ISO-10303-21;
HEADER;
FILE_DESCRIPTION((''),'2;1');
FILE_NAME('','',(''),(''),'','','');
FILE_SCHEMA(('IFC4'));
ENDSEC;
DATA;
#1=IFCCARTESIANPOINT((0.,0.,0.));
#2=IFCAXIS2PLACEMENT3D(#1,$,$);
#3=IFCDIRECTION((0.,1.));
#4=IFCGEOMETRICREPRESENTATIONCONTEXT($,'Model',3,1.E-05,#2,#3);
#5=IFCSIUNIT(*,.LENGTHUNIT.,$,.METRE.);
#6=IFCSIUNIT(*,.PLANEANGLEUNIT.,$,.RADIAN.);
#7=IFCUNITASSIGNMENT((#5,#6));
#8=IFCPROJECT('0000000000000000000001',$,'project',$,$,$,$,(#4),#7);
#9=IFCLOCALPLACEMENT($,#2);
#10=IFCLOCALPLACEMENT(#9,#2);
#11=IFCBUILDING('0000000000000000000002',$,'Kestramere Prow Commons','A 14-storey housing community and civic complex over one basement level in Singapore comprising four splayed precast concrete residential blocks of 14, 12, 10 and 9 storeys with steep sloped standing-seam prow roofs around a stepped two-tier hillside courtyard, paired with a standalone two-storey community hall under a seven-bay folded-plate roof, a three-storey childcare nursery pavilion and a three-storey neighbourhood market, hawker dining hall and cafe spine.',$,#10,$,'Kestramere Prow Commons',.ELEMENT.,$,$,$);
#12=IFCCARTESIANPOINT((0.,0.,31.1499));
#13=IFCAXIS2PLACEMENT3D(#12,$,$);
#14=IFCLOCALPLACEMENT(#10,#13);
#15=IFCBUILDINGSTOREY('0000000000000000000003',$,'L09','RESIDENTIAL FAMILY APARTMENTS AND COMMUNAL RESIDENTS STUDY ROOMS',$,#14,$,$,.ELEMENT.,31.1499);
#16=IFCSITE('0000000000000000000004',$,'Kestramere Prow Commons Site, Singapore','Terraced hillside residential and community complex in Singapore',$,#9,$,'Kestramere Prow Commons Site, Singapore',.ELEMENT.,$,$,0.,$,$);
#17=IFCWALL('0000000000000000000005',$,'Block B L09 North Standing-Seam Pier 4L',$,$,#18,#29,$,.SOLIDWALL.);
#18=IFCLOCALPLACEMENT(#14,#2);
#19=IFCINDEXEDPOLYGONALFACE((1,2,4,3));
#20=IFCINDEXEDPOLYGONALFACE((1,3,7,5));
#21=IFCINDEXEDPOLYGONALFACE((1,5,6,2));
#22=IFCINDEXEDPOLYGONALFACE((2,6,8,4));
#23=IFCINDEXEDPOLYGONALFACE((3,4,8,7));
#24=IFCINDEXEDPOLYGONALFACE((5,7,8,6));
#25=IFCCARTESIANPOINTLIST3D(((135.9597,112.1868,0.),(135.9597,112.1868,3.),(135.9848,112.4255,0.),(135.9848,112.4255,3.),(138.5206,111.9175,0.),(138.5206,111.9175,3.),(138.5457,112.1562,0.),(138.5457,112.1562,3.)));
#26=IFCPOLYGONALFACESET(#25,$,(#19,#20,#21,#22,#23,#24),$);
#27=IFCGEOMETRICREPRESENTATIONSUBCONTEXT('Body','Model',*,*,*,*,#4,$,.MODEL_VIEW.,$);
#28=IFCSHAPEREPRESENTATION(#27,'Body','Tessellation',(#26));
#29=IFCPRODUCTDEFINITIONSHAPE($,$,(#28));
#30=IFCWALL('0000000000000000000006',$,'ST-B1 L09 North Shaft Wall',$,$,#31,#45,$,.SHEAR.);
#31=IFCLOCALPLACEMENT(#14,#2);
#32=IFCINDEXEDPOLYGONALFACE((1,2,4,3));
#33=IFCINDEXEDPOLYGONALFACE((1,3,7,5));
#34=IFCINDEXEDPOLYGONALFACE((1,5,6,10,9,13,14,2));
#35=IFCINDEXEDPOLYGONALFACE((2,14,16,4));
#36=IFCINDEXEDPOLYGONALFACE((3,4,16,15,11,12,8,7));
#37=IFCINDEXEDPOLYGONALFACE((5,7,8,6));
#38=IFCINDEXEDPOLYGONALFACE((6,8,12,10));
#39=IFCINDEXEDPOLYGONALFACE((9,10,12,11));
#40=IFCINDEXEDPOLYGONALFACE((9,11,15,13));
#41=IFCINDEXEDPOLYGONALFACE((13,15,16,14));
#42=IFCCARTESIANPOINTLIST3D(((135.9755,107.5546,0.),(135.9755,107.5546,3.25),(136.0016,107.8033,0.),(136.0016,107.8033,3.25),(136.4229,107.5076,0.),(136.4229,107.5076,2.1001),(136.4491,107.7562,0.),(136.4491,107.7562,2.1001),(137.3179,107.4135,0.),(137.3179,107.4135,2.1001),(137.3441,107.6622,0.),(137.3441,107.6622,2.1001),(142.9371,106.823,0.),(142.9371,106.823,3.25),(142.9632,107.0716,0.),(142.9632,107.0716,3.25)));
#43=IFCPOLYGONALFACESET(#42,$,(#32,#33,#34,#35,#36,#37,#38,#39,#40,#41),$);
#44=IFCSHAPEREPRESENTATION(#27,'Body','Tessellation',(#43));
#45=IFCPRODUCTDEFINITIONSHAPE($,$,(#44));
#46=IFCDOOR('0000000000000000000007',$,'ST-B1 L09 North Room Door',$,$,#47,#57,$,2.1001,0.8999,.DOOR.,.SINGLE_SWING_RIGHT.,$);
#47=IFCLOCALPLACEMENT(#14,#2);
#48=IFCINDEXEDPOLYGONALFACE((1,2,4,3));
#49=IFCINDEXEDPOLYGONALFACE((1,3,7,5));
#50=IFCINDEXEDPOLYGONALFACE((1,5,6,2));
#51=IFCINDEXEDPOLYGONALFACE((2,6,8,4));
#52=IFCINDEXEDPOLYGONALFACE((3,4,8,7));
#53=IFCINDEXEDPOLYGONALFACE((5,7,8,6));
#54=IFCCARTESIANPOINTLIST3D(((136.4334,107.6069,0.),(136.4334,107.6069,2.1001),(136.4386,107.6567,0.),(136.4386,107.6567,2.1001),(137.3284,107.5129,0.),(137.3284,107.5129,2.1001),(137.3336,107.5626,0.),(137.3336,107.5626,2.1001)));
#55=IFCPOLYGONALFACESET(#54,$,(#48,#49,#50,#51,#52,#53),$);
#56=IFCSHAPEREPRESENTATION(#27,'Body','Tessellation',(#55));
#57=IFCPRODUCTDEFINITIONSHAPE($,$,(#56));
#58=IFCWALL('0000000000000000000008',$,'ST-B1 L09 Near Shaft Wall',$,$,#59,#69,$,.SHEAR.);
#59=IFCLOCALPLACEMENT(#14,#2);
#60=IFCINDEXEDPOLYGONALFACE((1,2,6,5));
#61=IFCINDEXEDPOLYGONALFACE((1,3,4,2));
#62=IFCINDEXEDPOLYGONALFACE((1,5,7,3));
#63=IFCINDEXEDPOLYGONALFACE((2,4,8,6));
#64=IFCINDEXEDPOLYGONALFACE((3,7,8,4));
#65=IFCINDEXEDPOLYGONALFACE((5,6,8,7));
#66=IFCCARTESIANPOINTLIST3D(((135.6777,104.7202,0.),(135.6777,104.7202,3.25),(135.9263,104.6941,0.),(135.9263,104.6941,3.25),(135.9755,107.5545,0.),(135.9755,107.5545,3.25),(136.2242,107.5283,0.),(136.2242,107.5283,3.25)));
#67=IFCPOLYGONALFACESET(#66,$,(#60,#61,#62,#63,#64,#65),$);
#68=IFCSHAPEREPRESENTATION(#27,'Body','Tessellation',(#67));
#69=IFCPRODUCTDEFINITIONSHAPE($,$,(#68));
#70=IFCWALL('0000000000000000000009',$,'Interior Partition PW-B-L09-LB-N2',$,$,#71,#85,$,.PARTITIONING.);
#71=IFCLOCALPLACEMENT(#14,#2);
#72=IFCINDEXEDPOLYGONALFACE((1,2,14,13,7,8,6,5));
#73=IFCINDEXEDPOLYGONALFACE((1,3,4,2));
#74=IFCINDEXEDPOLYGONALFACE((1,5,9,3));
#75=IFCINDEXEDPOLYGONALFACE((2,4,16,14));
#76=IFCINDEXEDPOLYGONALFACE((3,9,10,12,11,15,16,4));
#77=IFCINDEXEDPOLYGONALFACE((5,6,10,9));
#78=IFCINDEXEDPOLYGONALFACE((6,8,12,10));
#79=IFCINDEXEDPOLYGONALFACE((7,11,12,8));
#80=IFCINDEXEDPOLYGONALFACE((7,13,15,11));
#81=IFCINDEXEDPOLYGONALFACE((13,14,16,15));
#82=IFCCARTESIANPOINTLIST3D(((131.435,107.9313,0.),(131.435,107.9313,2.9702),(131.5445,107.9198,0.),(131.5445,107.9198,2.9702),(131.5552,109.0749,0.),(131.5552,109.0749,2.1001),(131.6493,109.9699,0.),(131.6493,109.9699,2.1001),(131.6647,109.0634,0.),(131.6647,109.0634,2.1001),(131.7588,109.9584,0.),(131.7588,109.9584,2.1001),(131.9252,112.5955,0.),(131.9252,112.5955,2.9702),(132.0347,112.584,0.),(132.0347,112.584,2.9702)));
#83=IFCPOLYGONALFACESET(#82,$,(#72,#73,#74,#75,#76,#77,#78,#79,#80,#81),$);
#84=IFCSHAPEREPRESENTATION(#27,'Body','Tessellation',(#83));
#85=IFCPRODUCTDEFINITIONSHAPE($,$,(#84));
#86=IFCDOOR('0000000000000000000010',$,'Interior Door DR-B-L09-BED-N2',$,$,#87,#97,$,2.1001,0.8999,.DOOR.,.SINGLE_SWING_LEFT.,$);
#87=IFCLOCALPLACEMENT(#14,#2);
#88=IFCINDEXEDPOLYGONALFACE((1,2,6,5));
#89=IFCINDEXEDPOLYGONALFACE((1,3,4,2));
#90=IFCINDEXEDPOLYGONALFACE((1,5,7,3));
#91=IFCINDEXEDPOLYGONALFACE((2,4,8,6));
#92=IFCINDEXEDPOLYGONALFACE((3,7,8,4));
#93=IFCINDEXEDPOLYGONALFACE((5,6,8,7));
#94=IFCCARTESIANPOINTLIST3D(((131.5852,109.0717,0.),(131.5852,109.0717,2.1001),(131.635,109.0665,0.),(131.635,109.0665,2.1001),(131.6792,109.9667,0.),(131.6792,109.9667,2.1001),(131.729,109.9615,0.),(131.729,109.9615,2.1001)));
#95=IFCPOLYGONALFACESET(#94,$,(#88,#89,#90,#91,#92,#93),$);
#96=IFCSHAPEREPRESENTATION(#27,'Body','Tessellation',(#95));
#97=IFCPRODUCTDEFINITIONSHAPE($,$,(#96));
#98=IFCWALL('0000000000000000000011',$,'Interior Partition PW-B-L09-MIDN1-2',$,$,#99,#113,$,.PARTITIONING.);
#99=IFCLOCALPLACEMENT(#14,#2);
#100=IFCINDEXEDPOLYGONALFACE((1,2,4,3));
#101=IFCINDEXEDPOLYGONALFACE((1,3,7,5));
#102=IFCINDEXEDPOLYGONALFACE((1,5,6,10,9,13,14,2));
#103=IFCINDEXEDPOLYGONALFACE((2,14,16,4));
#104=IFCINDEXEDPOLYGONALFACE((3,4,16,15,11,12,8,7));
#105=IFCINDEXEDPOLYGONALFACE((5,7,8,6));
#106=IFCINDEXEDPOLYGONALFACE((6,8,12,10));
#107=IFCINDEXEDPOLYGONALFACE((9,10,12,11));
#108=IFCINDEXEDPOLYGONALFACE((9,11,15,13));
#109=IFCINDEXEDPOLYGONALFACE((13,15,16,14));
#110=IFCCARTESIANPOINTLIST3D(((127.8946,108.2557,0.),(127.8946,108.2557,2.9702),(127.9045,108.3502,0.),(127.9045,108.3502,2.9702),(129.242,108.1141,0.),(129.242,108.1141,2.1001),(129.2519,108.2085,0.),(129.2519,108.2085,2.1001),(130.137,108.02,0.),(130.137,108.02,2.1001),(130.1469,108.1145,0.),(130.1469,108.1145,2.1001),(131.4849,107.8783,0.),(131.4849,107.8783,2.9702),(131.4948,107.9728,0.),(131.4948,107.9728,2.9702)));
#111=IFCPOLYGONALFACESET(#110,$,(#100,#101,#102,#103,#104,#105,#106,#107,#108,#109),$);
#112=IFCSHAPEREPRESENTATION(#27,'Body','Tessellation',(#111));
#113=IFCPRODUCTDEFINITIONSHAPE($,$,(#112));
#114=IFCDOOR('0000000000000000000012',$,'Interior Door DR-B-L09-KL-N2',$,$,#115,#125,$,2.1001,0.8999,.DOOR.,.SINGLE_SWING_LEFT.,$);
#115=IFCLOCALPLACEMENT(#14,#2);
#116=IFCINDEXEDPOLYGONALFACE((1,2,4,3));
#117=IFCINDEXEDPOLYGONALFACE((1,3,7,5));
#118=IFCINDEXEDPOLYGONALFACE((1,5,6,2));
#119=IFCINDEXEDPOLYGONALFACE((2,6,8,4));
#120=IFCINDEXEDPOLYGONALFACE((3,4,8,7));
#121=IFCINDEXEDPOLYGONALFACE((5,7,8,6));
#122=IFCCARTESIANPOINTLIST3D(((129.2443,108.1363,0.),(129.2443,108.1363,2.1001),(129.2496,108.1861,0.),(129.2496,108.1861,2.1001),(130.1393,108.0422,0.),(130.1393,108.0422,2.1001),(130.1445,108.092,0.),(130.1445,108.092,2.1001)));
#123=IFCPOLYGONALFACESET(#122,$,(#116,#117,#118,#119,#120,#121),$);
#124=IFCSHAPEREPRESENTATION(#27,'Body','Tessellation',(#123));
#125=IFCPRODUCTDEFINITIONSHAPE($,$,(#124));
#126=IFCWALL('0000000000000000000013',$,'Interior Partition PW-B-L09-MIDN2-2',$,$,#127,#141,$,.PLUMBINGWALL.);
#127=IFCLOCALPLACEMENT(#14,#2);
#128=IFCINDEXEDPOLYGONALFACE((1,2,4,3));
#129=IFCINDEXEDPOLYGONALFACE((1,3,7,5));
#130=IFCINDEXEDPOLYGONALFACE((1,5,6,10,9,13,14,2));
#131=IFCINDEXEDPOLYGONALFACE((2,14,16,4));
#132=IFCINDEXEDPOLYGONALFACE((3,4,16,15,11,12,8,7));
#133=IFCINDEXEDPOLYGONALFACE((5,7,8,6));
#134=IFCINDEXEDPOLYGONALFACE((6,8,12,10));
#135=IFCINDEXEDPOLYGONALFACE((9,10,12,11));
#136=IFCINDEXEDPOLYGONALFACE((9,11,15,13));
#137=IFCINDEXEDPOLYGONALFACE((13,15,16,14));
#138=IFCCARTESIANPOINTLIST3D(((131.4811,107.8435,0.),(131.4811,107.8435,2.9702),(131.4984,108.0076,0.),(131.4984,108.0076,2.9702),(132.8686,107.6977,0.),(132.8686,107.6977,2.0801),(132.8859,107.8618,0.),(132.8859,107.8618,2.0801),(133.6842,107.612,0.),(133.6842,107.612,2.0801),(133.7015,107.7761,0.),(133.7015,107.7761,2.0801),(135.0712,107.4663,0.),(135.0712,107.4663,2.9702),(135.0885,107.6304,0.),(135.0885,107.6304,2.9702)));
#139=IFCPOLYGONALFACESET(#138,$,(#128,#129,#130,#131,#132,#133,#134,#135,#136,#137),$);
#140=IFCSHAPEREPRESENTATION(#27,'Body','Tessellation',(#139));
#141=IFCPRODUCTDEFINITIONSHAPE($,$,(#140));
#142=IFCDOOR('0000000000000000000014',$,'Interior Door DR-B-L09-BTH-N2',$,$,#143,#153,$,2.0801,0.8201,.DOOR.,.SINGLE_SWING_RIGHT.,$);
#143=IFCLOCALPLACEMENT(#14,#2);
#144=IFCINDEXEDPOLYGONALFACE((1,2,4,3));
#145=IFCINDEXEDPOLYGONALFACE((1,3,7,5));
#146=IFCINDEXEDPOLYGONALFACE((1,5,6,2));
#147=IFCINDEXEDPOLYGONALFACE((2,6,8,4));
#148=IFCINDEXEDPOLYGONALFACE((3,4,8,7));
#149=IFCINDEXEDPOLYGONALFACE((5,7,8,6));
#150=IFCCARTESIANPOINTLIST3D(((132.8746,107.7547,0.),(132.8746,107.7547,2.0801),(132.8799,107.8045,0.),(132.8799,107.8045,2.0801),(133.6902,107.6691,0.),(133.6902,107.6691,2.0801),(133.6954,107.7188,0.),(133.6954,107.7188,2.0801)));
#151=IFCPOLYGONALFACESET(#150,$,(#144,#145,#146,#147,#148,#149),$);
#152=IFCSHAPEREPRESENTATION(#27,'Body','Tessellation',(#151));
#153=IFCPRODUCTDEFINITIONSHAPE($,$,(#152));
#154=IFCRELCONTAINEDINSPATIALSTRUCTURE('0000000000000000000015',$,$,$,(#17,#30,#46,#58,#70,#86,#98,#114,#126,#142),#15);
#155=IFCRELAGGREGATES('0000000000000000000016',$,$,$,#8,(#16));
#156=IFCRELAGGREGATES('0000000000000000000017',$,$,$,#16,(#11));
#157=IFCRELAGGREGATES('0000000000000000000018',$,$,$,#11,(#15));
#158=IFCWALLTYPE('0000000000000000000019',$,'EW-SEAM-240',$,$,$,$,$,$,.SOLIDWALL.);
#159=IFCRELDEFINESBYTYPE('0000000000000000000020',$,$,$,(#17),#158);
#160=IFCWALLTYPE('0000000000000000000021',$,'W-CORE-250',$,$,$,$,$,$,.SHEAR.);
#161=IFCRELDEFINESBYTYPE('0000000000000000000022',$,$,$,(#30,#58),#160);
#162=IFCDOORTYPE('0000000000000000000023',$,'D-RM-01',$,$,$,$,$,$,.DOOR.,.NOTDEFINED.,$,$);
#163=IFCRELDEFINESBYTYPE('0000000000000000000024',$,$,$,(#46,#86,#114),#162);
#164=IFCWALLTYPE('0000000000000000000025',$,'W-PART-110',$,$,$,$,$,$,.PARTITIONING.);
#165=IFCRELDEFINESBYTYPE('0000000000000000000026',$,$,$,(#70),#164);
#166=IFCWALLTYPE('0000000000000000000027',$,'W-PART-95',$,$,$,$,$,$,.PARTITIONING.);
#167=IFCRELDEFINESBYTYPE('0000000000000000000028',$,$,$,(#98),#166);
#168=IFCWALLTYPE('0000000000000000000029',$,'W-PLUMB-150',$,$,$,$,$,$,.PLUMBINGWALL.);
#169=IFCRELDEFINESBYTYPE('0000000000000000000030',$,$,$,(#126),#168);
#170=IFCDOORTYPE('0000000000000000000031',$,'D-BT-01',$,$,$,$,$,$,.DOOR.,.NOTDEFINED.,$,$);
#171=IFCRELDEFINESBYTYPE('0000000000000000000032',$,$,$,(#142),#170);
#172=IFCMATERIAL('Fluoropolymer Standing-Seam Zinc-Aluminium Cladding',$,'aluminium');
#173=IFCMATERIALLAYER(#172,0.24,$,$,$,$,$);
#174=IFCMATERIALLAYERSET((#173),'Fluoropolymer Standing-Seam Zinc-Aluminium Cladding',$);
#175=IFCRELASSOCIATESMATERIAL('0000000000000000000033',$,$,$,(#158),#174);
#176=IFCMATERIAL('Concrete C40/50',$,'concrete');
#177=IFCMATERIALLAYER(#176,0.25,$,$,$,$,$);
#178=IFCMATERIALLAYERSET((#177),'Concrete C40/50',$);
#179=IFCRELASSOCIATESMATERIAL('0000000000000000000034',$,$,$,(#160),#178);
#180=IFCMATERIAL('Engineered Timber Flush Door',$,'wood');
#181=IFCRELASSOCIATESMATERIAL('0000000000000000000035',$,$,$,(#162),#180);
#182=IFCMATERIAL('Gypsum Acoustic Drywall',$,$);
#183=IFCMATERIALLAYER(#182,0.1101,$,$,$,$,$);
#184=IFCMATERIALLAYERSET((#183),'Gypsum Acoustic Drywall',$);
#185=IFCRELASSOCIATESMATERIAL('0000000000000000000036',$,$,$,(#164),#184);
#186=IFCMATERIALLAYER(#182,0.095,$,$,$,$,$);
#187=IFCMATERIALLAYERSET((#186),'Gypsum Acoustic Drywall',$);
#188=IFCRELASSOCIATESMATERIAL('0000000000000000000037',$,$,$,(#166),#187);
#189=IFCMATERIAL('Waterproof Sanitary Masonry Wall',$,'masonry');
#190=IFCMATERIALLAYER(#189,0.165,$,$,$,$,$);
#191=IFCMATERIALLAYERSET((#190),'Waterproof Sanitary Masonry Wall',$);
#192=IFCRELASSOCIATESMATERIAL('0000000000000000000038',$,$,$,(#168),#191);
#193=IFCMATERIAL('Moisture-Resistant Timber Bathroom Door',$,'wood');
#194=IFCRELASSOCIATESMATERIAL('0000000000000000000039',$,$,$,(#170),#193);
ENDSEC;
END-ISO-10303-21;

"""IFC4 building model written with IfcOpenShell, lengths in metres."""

from ifc_helpers import new_model, si_unit, direction, frame, frame_2d, origin, place, context, subcontext, project, spatial, rectangle, extrude, material, layer, layer_set, type_object, element, fill, save


model = new_model("IFC4")

# Units and contexts
model_context = context("Model", 3, precision=1e-05, world=origin(), true_north=direction((0.0, 1.0)))
body_context = subcontext(model_context, "Body", "Model", "MODEL_VIEW")
ifc_project = project(units=[si_unit("LENGTHUNIT", "METRE"), si_unit("PLANEANGLEUNIT", "RADIAN")], contexts=[model_context])

# Site, building, storey
site_placement = place(None, origin())
site = spatial("IfcSite", under=ifc_project, at=site_placement, Name="Kestramere Prow Commons Site, Singapore", Description="Terraced hillside residential and community complex in Singapore", LongName="Kestramere Prow Commons Site, Singapore", CompositionType="ELEMENT", RefElevation=0.0)
building_placement = place(site_placement, origin())
building = spatial("IfcBuilding", under=site, at=building_placement, Name="Kestramere Prow Commons", Description="A 14-storey housing community and civic complex over one basement level in Singapore comprising four splayed precast concrete residential blocks of 14, 12, 10 and 9 storeys with steep sloped standing-seam prow roofs around a stepped two-tier hillside courtyard, paired with a standalone two-storey community hall under a seven-bay folded-plate roof, a three-storey childcare nursery pavilion and a three-storey neighbourhood market, hawker dining hall and cafe spine.", LongName="Kestramere Prow Commons", CompositionType="ELEMENT")
storey_placement = place(building_placement, frame((0.0, 0.0, 31.1499)))
storey = spatial("IfcBuildingStorey", under=building, at=storey_placement, Name="L09", Description="RESIDENTIAL FAMILY APARTMENTS AND COMMUNAL RESIDENTS STUDY ROOMS", CompositionType="ELEMENT", Elevation=31.1499)

# Shared definitions
ifc_material_1 = material(Name="Fluoropolymer Standing-Seam Zinc-Aluminium Cladding", Category="aluminium")
ifc_layer_1 = layer(ifc_material_1, 0.24)
ifc_layer_set_1 = layer_set([ifc_layer_1], Name="Fluoropolymer Standing-Seam Zinc-Aluminium Cladding")
wall_type_1 = type_object("IfcWallType", Name="EW-SEAM-240", PredefinedType="SOLIDWALL", material=ifc_layer_set_1)

# Wall
wall_1_placement = place(storey_placement, frame((135.9722, 112.3062, 0.0), z_axis=(0.0, 0.0, 1.0), x_axis=(0.994516, -0.104581, 0.0)))
element("IfcWall", 1, at=wall_1_placement, inside=storey, type_object=wall_type_1, Name="Block B L09 North Standing-Seam Pier 4L", PredefinedType="SOLIDWALL", context=body_context, shape_type="SweptSolid", body=[
    extrude(rectangle(XDim=2.575, YDim=0.24, at=frame_2d((1.2876, 0.0))), origin(), (0.0, 0.0, 1.0), 3.0),
])

# Wall, opening, door
ifc_material_2 = material(Name="Concrete C40/50", Category="concrete")
ifc_layer_2 = layer(ifc_material_2, 0.25)
ifc_layer_set_2 = layer_set([ifc_layer_2], Name="Concrete C40/50")
wall_type_2 = type_object("IfcWallType", Name="W-CORE-250", PredefinedType="SHEAR", material=ifc_layer_set_2)
wall_2_placement = place(storey_placement, frame((135.9885, 107.679, 0.0), z_axis=(0.0, 0.0, 1.0), x_axis=(0.994522, -0.104527, 0.0)))
wall_2 = element("IfcWall", 2, at=wall_2_placement, inside=storey, type_object=wall_type_2, Name="ST-B1 L09 North Shaft Wall", PredefinedType="SHEAR", context=body_context, shape_type="SweptSolid", body=[
    extrude(rectangle(XDim=7.0, YDim=0.25, at=frame_2d((3.5, 0.0))), origin(), (0.0, 0.0, 1.0), 3.25),
])
opening_1_placement = place(wall_2_placement, frame((0.45, 0.0, 0.0)))
opening_1 = element("IfcOpeningElement", 3, at=opening_1_placement, cuts=wall_2, PredefinedType="OPENING", context=body_context, shape_type="SweptSolid", body=[
    extrude(rectangle(XDim=0.8999, YDim=2.1001, at=frame_2d((0.45, 1.05))), frame((0.0, 0.1399, 0.0), z_axis=(0.0, -1.0, 0.0), x_axis=(1.0, 0.0, 0.0)), (0.0, 0.0, 1.0), 0.28),
])
ifc_material_3 = material(Name="Engineered Timber Flush Door", Category="wood")
door_type_1 = type_object("IfcDoorType", Name="D-RM-01", OperationType="NOTDEFINED", PredefinedType="DOOR", material=ifc_material_3)
door_1_placement = place(opening_1_placement, origin())
door_1 = element("IfcDoor", 4, at=door_1_placement, inside=storey, type_object=door_type_1, Name="ST-B1 L09 North Room Door", OperationType="SINGLE_SWING_RIGHT", OverallHeight=2.1001, OverallWidth=0.8999, PredefinedType="DOOR", context=body_context, shape_type="SweptSolid", body=[
    extrude(rectangle(XDim=0.8999, YDim=2.1001, at=frame_2d((0.45, 1.05))), frame((0.0, 0.0249, 0.0), z_axis=(0.0, -1.0, 0.0), x_axis=(1.0, 0.0, 0.0)), (0.0, 0.0, 1.0), 0.05),
])
fill(opening_1, door_1)

# Wall
wall_3_placement = place(storey_placement, frame((135.802, 104.7073, 0.0), z_axis=(0.0, 0.0, 1.0), x_axis=(0.104515, 0.994523, 0.0)))
element("IfcWall", 5, at=wall_3_placement, inside=storey, type_object=wall_type_2, Name="ST-B1 L09 Near Shaft Wall", PredefinedType="SHEAR", context=body_context, shape_type="SweptSolid", body=[
    extrude(rectangle(XDim=2.8499, YDim=0.25, at=frame_2d((1.4248, 0.0))), origin(), (0.0, 0.0, 1.0), 3.25),
])

# Walls, openings, doors
ifc_material_4 = material(Name="Gypsum Acoustic Drywall")
ifc_layer_3 = layer(ifc_material_4, 0.1101)
ifc_layer_set_3 = layer_set([ifc_layer_3], Name="Gypsum Acoustic Drywall")
wall_type_3 = type_object("IfcWallType", Name="W-PART-110", PredefinedType="PARTITIONING", material=ifc_layer_set_3)
wall_4_placement = place(storey_placement, frame((131.4897, 107.9255, 0.0), z_axis=(0.0, 0.0, 1.0), x_axis=(0.104528, 0.994522, 0.0)))
wall_4 = element("IfcWall", 6, at=wall_4_placement, inside=storey, type_object=wall_type_3, Name="Interior Partition PW-B-L09-LB-N2", PredefinedType="PARTITIONING", context=body_context, shape_type="SweptSolid", body=[
    extrude(rectangle(XDim=4.6899, YDim=0.1101, at=frame_2d((2.345, 0.0))), origin(), (0.0, 0.0, 1.0), 2.9702),
])
opening_2_placement = place(wall_4_placement, frame((1.1499, 0.0, 0.0)))
opening_2 = element("IfcOpeningElement", 7, at=opening_2_placement, cuts=wall_4, PredefinedType="OPENING", context=body_context, shape_type="SweptSolid", body=[
    extrude(rectangle(XDim=0.8999, YDim=2.1001, at=frame_2d((0.45, 1.05))), frame((0.0, 0.0701, 0.0), z_axis=(0.0, -1.0, 0.0), x_axis=(1.0, 0.0, 0.0)), (0.0, 0.0, 1.0), 0.1401),
])
door_2_placement = place(opening_2_placement, origin())
door_2 = element("IfcDoor", 8, at=door_2_placement, inside=storey, type_object=door_type_1, Name="Interior Door DR-B-L09-BED-N2", OperationType="SINGLE_SWING_LEFT", OverallHeight=2.1001, OverallWidth=0.8999, PredefinedType="DOOR", context=body_context, shape_type="SweptSolid", body=[
    extrude(rectangle(XDim=0.8999, YDim=2.1001, at=frame_2d((0.45, 1.05))), frame((0.0, 0.0249, 0.0), z_axis=(0.0, -1.0, 0.0), x_axis=(1.0, 0.0, 0.0)), (0.0, 0.0, 1.0), 0.05),
])
fill(opening_2, door_2)
ifc_layer_4 = layer(ifc_material_4, 0.095)
ifc_layer_set_4 = layer_set([ifc_layer_4], Name="Gypsum Acoustic Drywall")
wall_type_4 = type_object("IfcWallType", Name="W-PART-95", PredefinedType="PARTITIONING", material=ifc_layer_set_4)
wall_5_placement = place(storey_placement, frame((127.8994, 108.303, 0.0), z_axis=(0.0, 0.0, 1.0), x_axis=(0.99452, -0.104551, 0.0)))
wall_5 = element("IfcWall", 9, at=wall_5_placement, inside=storey, type_object=wall_type_4, Name="Interior Partition PW-B-L09-MIDN1-2", PredefinedType="PARTITIONING", context=body_context, shape_type="SweptSolid", body=[
    extrude(rectangle(XDim=3.6101, YDim=0.095, at=frame_2d((1.8052, 0.0))), origin(), (0.0, 0.0, 1.0), 2.9702),
])
opening_3_placement = place(wall_5_placement, frame((1.355, 0.0, 0.0)))
opening_3 = element("IfcOpeningElement", 10, at=opening_3_placement, cuts=wall_5, PredefinedType="OPENING", context=body_context, shape_type="SweptSolid", body=[
    extrude(rectangle(XDim=0.8999, YDim=2.1001, at=frame_2d((0.45, 1.05))), frame((0.0, 0.0625, 0.0), z_axis=(0.0, -1.0, 0.0), x_axis=(1.0, 0.0, 0.0)), (0.0, 0.0, 1.0), 0.125),
])
door_3_placement = place(opening_3_placement, origin())
door_3 = element("IfcDoor", 11, at=door_3_placement, inside=storey, type_object=door_type_1, Name="Interior Door DR-B-L09-KL-N2", OperationType="SINGLE_SWING_LEFT", OverallHeight=2.1001, OverallWidth=0.8999, PredefinedType="DOOR", context=body_context, shape_type="SweptSolid", body=[
    extrude(rectangle(XDim=0.8999, YDim=2.1001, at=frame_2d((0.45, 1.05))), frame((0.0, 0.0249, 0.0), z_axis=(0.0, -1.0, 0.0), x_axis=(1.0, 0.0, 0.0)), (0.0, 0.0, 1.0), 0.05),
])
fill(opening_3, door_3)
ifc_material_5 = material(Name="Waterproof Sanitary Masonry Wall", Category="masonry")
ifc_layer_5 = layer(ifc_material_5, 0.165)
ifc_layer_set_5 = layer_set([ifc_layer_5], Name="Waterproof Sanitary Masonry Wall")
wall_type_5 = type_object("IfcWallType", Name="W-PLUMB-150", PredefinedType="PLUMBINGWALL", material=ifc_layer_set_5)
wall_6_placement = place(storey_placement, frame((131.4897, 107.9255, 0.0), z_axis=(0.0, 0.0, 1.0), x_axis=(0.994526, -0.104491, 0.0)))
wall_6 = element("IfcWall", 12, at=wall_6_placement, inside=storey, type_object=wall_type_5, Name="Interior Partition PW-B-L09-MIDN2-2", PredefinedType="PLUMBINGWALL", context=body_context, shape_type="SweptSolid", body=[
    extrude(rectangle(XDim=3.6099, YDim=0.165, at=frame_2d((1.8049, 0.0))), origin(), (0.0, 0.0, 1.0), 2.9702),
])
opening_4_placement = place(wall_6_placement, frame((1.395, 0.0, 0.0)))
opening_4 = element("IfcOpeningElement", 13, at=opening_4_placement, cuts=wall_6, PredefinedType="OPENING", context=body_context, shape_type="SweptSolid", body=[
    extrude(rectangle(XDim=0.8201, YDim=2.0801, at=frame_2d((0.4102, 1.04))), frame((0.0, 0.0974, 0.0), z_axis=(0.0, -1.0, 0.0), x_axis=(1.0, 0.0, 0.0)), (0.0, 0.0, 1.0), 0.1951),
])
ifc_material_6 = material(Name="Moisture-Resistant Timber Bathroom Door", Category="wood")
door_type_2 = type_object("IfcDoorType", Name="D-BT-01", OperationType="NOTDEFINED", PredefinedType="DOOR", material=ifc_material_6)
door_4_placement = place(opening_4_placement, origin())
door_4 = element("IfcDoor", 14, at=door_4_placement, inside=storey, type_object=door_type_2, Name="Interior Door DR-B-L09-BTH-N2", OperationType="SINGLE_SWING_RIGHT", OverallHeight=2.0801, OverallWidth=0.8201, PredefinedType="DOOR", context=body_context, shape_type="SweptSolid", body=[
    extrude(rectangle(XDim=0.8201, YDim=2.0801, at=frame_2d((0.4102, 1.04))), frame((0.0, 0.0249, 0.0), z_axis=(0.0, -1.0, 0.0), x_axis=(1.0, 0.0, 0.0)), (0.0, 0.0, 1.0), 0.05),
])
fill(opening_4, door_4)

save(model, "model.ifc")
